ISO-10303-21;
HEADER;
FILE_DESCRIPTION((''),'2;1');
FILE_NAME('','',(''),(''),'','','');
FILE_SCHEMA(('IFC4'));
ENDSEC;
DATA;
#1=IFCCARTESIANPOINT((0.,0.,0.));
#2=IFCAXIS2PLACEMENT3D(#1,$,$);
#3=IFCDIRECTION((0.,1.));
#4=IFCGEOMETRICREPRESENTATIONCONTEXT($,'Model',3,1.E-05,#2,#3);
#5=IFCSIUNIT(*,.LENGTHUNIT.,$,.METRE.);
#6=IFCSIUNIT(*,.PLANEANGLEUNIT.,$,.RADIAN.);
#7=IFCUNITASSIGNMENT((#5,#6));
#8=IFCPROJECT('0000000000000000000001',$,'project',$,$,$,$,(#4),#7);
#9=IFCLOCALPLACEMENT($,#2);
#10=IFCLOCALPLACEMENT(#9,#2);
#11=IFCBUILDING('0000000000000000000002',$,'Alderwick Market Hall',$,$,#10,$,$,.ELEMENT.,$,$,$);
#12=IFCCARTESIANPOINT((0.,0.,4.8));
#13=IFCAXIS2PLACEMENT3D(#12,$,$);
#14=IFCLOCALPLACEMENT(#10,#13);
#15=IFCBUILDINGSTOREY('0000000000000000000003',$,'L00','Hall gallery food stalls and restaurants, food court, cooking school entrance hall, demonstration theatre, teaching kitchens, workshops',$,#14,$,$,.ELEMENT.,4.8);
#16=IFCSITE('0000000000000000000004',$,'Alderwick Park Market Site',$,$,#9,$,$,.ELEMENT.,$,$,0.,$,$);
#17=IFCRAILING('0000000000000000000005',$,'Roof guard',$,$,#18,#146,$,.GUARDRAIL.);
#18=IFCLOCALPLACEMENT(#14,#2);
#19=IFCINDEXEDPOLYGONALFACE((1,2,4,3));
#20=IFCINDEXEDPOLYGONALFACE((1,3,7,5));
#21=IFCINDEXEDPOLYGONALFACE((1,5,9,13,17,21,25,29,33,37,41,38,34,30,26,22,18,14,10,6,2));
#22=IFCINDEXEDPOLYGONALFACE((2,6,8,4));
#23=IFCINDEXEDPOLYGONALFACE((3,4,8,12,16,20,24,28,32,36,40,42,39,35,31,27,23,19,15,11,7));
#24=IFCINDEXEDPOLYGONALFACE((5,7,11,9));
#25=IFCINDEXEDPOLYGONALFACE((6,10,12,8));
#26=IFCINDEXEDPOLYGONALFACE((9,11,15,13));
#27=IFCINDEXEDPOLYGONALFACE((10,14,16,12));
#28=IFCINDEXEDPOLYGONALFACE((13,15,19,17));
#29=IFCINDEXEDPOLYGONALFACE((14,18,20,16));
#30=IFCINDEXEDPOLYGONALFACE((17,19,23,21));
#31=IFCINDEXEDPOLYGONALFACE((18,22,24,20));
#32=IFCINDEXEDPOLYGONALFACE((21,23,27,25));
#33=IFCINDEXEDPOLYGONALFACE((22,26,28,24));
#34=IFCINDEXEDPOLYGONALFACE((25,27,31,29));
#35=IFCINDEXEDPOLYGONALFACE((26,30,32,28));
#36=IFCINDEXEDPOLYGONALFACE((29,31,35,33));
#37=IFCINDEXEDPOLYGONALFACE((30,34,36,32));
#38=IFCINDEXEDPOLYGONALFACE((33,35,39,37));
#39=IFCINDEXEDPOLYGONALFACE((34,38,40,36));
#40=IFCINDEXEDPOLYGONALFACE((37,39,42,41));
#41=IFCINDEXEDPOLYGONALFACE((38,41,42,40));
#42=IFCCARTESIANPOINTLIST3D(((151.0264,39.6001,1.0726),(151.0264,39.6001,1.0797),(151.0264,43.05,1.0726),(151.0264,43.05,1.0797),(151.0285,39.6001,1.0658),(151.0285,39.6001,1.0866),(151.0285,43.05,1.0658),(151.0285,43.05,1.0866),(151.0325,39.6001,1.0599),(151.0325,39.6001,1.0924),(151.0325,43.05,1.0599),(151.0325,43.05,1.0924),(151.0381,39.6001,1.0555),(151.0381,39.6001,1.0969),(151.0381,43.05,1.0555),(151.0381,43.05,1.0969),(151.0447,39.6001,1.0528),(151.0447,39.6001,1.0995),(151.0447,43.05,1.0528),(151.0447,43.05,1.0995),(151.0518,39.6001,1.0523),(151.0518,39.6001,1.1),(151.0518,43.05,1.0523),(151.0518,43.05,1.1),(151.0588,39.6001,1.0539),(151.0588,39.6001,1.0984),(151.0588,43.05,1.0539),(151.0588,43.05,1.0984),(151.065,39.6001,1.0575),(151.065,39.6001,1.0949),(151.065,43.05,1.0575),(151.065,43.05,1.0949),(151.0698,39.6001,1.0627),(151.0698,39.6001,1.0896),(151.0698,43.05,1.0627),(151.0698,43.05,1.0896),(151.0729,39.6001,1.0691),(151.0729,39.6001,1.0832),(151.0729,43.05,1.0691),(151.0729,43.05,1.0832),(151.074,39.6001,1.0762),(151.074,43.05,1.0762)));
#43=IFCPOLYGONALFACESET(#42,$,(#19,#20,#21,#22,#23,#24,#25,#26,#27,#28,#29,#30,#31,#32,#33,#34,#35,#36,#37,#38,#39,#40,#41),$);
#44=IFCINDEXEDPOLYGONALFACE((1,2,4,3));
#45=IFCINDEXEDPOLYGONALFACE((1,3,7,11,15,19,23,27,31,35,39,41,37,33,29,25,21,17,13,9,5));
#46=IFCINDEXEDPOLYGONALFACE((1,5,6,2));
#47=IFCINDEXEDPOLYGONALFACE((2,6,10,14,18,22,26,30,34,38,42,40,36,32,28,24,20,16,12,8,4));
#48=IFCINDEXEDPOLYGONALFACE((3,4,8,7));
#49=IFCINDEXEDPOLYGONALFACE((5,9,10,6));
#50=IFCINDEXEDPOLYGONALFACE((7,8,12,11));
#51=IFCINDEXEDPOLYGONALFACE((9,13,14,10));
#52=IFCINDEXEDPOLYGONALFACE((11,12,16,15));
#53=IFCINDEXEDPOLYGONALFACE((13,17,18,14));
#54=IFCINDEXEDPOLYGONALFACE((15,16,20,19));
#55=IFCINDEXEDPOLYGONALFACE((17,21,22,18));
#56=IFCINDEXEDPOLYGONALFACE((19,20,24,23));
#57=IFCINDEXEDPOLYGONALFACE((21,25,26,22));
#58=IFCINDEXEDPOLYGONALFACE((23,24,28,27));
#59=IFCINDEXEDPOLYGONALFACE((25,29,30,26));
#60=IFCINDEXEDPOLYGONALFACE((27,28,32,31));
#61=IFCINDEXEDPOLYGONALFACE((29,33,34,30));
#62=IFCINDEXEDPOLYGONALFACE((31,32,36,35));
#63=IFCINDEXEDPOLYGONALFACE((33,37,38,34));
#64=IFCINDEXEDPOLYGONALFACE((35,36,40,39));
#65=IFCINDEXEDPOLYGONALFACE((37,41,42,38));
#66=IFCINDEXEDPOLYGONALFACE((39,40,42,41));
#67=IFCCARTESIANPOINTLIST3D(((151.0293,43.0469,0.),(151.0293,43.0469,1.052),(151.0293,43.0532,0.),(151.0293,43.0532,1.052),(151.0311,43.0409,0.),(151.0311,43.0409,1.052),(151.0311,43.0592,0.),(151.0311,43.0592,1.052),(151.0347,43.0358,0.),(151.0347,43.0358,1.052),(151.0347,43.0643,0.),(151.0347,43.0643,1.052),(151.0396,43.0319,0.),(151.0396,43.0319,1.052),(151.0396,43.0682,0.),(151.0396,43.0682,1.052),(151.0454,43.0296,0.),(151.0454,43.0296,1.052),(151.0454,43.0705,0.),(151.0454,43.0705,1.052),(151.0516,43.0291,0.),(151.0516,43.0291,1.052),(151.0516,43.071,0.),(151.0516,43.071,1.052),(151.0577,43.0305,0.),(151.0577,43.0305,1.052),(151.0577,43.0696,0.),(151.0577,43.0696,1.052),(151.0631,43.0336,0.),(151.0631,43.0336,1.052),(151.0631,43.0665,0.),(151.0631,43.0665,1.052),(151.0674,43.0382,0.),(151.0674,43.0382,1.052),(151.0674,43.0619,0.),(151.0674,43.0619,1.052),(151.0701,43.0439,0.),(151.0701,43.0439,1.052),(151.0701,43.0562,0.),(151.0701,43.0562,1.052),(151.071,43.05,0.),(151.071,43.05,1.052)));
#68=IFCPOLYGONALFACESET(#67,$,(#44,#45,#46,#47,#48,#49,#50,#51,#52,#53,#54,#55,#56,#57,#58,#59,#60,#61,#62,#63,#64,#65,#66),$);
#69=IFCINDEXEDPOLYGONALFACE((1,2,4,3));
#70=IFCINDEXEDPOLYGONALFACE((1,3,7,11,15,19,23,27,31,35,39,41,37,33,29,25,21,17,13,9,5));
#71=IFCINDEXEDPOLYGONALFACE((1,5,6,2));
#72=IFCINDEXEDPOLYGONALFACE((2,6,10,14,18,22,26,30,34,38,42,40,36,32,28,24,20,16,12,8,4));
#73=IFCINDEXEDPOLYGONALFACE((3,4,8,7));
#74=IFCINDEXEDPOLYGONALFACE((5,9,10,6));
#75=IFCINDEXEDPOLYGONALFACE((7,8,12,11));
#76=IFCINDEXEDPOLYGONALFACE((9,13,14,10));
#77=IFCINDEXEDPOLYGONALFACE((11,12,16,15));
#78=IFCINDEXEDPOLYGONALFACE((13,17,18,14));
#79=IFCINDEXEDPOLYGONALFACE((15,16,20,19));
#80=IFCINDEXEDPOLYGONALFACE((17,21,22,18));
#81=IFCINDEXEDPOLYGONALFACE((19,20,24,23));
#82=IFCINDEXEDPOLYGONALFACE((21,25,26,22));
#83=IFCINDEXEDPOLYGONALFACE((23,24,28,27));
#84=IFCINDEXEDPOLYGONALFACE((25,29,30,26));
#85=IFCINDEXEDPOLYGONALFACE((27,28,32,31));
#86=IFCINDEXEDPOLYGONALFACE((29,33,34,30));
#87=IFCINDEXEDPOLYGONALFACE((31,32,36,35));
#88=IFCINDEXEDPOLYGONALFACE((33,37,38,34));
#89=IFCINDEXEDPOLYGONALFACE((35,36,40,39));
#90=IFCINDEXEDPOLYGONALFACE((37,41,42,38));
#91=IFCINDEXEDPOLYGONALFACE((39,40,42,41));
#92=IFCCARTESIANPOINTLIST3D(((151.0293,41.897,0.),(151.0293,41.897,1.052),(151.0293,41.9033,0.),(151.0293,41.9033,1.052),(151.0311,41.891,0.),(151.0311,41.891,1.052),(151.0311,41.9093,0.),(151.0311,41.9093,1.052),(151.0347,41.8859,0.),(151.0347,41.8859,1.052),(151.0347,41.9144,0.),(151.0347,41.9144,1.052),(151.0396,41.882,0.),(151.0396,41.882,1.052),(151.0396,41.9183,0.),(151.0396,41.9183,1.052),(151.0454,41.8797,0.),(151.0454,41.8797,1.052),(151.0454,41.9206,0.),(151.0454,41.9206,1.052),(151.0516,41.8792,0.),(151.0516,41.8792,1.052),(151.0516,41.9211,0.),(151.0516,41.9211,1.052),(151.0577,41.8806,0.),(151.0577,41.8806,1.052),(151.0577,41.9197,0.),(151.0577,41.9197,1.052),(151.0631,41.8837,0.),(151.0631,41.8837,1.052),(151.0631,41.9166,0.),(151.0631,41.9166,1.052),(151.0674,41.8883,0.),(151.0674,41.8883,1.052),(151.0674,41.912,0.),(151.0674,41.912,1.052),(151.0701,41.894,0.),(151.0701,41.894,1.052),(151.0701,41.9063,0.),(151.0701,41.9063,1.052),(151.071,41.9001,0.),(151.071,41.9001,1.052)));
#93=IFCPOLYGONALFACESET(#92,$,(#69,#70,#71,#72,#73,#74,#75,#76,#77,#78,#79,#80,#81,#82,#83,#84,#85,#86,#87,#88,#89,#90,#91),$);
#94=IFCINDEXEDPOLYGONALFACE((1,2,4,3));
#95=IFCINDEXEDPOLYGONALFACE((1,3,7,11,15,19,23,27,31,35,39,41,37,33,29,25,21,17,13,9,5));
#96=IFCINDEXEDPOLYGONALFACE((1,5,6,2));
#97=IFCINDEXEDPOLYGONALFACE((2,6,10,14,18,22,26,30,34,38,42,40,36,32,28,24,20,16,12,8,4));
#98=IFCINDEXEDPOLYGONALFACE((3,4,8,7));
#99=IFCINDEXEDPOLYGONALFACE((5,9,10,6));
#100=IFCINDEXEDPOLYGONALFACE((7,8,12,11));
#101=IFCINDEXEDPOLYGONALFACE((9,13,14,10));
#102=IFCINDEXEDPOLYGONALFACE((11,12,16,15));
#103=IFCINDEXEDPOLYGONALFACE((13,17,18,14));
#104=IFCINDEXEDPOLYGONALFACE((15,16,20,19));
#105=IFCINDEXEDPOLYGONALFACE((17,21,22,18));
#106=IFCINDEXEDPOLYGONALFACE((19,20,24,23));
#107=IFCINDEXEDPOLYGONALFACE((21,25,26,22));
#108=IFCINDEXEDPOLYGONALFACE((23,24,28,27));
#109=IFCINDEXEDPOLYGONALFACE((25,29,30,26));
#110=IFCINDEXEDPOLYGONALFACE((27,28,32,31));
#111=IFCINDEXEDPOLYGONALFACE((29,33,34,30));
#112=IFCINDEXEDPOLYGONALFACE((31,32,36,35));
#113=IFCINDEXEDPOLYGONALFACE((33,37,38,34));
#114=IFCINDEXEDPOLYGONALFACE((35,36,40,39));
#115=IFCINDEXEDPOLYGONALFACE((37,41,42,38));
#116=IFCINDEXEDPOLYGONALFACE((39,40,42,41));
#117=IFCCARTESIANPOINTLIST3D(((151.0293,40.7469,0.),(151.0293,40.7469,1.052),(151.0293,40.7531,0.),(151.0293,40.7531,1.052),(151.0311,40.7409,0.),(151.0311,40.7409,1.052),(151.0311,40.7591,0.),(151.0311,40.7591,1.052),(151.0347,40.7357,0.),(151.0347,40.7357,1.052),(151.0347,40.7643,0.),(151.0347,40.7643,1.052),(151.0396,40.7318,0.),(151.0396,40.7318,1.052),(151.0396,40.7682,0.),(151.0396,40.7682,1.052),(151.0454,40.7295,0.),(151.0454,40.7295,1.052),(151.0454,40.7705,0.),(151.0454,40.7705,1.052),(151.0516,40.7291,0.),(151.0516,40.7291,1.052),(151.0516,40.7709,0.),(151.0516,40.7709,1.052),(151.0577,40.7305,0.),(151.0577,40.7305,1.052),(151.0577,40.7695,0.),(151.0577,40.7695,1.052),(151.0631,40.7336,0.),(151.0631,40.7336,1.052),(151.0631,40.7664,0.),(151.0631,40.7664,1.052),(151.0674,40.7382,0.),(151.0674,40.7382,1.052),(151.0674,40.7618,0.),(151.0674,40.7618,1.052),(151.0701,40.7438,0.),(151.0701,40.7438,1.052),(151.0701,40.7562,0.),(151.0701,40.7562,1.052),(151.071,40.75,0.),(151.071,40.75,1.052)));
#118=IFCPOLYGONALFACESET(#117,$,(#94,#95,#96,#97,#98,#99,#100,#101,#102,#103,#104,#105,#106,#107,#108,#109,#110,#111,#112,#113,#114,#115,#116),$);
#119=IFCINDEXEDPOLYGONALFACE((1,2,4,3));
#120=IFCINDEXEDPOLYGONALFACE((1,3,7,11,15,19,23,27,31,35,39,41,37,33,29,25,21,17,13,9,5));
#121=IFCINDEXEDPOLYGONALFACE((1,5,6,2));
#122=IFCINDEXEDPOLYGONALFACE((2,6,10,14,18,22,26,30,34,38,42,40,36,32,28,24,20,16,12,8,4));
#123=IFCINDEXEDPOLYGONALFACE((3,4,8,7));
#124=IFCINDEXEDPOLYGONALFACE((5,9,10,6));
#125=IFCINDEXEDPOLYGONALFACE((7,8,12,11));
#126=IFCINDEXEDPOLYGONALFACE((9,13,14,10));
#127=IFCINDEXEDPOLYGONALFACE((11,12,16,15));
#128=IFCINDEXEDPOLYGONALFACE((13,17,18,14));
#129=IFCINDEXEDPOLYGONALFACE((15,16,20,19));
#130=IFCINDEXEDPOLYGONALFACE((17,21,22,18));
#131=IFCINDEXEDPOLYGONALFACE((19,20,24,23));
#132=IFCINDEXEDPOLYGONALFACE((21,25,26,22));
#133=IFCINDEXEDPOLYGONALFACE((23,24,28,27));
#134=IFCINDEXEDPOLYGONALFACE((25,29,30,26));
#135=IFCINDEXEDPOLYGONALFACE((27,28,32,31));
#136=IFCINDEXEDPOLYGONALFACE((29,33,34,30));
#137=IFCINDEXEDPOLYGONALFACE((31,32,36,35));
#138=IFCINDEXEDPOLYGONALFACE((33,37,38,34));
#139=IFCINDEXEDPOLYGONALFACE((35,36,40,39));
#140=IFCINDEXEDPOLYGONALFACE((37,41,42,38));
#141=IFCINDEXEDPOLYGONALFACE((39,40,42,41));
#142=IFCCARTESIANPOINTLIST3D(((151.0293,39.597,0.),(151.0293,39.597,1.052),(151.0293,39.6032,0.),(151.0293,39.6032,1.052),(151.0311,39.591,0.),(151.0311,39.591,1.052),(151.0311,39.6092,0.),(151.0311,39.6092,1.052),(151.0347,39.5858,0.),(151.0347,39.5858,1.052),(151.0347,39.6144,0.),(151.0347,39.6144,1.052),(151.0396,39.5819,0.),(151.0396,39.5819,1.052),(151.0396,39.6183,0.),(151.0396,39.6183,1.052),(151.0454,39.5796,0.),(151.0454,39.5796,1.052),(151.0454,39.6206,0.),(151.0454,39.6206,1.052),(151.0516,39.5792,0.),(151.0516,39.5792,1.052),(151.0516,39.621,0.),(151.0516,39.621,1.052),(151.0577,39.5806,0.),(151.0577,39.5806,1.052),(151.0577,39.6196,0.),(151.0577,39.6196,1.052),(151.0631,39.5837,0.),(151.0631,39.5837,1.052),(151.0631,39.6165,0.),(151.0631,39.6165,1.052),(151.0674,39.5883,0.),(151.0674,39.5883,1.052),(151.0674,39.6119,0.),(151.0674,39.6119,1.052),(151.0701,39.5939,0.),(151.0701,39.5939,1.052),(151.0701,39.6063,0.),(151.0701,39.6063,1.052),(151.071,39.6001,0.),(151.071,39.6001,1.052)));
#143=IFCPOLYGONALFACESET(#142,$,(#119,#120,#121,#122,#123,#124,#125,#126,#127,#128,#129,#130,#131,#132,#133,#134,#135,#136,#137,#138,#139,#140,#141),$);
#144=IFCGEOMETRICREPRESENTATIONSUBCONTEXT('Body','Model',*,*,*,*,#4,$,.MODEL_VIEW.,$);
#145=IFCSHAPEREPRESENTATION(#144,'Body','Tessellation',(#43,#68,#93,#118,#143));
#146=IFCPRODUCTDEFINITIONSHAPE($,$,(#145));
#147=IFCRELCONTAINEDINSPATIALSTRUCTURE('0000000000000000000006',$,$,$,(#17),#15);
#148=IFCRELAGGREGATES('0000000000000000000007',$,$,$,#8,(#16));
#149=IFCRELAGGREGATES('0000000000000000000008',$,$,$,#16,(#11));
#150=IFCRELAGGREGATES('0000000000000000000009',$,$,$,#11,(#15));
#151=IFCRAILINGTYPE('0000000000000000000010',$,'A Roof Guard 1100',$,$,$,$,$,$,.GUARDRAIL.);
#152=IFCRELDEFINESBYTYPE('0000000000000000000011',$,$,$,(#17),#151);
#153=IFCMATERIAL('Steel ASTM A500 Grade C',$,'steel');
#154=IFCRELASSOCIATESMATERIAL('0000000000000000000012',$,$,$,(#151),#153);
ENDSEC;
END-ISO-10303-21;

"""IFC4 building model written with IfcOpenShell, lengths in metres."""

from ifc_helpers import new_model, si_unit, direction, frame, origin, origin_2d, place, context, subcontext, project, spatial, circle, extrude, material, type_object, element, save


model = new_model("IFC4")

# Units and contexts
model_context = context("Model", 3, precision=1e-05, world=origin(), true_north=direction((0.0, 1.0)))
body_context = subcontext(model_context, "Body", "Model", "MODEL_VIEW")
ifc_project = project(units=[si_unit("LENGTHUNIT", "METRE"), si_unit("PLANEANGLEUNIT", "RADIAN")], contexts=[model_context])

# Site, building, storey
site_placement = place(None, origin())
site = spatial("IfcSite", under=ifc_project, at=site_placement, Name="Alderwick Park Market Site", CompositionType="ELEMENT", RefElevation=0.0)
building_placement = place(site_placement, origin())
building = spatial("IfcBuilding", under=site, at=building_placement, Name="Alderwick Market Hall", CompositionType="ELEMENT")
storey_placement = place(building_placement, frame((0.0, 0.0, 4.8)))
storey = spatial("IfcBuildingStorey", under=building, at=storey_placement, Name="L00", Description="Hall gallery food stalls and restaurants, food court, cooking school entrance hall, demonstration theatre, teaching kitchens, workshops", CompositionType="ELEMENT", Elevation=4.8)

# Shared definitions
ifc_material_1 = material(Name="Steel ASTM A500 Grade C", Category="steel")

# Railing
railing_type = type_object("IfcRailingType", Name="A Roof Guard 1100", PredefinedType="GUARDRAIL", material=ifc_material_1)
railing_1_placement = place(storey_placement, frame((151.05, 43.05, 0.0)))
element("IfcRailing", 1, at=railing_1_placement, inside=storey, type_object=railing_type, Name="Roof guard", PredefinedType="GUARDRAIL", context=body_context, shape_type="SweptSolid", body=[
    extrude(circle(Radius=0.0239, at=origin_2d()), frame((0.0, 0.0, 1.0762), z_axis=(0.0, -1.0, 0.0), x_axis=(1.0, 0.0, 0.0)), (0.0, 0.0, 1.0), 3.45),
    extrude(circle(Radius=0.021, at=origin_2d()), origin(), (0.0, 0.0, 1.0), 1.052),
    extrude(circle(Radius=0.021, at=origin_2d()), frame((0.0, -1.1499, 0.0)), (0.0, 0.0, 1.0), 1.052),
    extrude(circle(Radius=0.021, at=origin_2d()), frame((0.0, -2.3, 0.0)), (0.0, 0.0, 1.0), 1.052),
    extrude(circle(Radius=0.021, at=origin_2d()), frame((0.0, -3.45, 0.0)), (0.0, 0.0, 1.0), 1.052),
])

save(model, "model.ifc")
